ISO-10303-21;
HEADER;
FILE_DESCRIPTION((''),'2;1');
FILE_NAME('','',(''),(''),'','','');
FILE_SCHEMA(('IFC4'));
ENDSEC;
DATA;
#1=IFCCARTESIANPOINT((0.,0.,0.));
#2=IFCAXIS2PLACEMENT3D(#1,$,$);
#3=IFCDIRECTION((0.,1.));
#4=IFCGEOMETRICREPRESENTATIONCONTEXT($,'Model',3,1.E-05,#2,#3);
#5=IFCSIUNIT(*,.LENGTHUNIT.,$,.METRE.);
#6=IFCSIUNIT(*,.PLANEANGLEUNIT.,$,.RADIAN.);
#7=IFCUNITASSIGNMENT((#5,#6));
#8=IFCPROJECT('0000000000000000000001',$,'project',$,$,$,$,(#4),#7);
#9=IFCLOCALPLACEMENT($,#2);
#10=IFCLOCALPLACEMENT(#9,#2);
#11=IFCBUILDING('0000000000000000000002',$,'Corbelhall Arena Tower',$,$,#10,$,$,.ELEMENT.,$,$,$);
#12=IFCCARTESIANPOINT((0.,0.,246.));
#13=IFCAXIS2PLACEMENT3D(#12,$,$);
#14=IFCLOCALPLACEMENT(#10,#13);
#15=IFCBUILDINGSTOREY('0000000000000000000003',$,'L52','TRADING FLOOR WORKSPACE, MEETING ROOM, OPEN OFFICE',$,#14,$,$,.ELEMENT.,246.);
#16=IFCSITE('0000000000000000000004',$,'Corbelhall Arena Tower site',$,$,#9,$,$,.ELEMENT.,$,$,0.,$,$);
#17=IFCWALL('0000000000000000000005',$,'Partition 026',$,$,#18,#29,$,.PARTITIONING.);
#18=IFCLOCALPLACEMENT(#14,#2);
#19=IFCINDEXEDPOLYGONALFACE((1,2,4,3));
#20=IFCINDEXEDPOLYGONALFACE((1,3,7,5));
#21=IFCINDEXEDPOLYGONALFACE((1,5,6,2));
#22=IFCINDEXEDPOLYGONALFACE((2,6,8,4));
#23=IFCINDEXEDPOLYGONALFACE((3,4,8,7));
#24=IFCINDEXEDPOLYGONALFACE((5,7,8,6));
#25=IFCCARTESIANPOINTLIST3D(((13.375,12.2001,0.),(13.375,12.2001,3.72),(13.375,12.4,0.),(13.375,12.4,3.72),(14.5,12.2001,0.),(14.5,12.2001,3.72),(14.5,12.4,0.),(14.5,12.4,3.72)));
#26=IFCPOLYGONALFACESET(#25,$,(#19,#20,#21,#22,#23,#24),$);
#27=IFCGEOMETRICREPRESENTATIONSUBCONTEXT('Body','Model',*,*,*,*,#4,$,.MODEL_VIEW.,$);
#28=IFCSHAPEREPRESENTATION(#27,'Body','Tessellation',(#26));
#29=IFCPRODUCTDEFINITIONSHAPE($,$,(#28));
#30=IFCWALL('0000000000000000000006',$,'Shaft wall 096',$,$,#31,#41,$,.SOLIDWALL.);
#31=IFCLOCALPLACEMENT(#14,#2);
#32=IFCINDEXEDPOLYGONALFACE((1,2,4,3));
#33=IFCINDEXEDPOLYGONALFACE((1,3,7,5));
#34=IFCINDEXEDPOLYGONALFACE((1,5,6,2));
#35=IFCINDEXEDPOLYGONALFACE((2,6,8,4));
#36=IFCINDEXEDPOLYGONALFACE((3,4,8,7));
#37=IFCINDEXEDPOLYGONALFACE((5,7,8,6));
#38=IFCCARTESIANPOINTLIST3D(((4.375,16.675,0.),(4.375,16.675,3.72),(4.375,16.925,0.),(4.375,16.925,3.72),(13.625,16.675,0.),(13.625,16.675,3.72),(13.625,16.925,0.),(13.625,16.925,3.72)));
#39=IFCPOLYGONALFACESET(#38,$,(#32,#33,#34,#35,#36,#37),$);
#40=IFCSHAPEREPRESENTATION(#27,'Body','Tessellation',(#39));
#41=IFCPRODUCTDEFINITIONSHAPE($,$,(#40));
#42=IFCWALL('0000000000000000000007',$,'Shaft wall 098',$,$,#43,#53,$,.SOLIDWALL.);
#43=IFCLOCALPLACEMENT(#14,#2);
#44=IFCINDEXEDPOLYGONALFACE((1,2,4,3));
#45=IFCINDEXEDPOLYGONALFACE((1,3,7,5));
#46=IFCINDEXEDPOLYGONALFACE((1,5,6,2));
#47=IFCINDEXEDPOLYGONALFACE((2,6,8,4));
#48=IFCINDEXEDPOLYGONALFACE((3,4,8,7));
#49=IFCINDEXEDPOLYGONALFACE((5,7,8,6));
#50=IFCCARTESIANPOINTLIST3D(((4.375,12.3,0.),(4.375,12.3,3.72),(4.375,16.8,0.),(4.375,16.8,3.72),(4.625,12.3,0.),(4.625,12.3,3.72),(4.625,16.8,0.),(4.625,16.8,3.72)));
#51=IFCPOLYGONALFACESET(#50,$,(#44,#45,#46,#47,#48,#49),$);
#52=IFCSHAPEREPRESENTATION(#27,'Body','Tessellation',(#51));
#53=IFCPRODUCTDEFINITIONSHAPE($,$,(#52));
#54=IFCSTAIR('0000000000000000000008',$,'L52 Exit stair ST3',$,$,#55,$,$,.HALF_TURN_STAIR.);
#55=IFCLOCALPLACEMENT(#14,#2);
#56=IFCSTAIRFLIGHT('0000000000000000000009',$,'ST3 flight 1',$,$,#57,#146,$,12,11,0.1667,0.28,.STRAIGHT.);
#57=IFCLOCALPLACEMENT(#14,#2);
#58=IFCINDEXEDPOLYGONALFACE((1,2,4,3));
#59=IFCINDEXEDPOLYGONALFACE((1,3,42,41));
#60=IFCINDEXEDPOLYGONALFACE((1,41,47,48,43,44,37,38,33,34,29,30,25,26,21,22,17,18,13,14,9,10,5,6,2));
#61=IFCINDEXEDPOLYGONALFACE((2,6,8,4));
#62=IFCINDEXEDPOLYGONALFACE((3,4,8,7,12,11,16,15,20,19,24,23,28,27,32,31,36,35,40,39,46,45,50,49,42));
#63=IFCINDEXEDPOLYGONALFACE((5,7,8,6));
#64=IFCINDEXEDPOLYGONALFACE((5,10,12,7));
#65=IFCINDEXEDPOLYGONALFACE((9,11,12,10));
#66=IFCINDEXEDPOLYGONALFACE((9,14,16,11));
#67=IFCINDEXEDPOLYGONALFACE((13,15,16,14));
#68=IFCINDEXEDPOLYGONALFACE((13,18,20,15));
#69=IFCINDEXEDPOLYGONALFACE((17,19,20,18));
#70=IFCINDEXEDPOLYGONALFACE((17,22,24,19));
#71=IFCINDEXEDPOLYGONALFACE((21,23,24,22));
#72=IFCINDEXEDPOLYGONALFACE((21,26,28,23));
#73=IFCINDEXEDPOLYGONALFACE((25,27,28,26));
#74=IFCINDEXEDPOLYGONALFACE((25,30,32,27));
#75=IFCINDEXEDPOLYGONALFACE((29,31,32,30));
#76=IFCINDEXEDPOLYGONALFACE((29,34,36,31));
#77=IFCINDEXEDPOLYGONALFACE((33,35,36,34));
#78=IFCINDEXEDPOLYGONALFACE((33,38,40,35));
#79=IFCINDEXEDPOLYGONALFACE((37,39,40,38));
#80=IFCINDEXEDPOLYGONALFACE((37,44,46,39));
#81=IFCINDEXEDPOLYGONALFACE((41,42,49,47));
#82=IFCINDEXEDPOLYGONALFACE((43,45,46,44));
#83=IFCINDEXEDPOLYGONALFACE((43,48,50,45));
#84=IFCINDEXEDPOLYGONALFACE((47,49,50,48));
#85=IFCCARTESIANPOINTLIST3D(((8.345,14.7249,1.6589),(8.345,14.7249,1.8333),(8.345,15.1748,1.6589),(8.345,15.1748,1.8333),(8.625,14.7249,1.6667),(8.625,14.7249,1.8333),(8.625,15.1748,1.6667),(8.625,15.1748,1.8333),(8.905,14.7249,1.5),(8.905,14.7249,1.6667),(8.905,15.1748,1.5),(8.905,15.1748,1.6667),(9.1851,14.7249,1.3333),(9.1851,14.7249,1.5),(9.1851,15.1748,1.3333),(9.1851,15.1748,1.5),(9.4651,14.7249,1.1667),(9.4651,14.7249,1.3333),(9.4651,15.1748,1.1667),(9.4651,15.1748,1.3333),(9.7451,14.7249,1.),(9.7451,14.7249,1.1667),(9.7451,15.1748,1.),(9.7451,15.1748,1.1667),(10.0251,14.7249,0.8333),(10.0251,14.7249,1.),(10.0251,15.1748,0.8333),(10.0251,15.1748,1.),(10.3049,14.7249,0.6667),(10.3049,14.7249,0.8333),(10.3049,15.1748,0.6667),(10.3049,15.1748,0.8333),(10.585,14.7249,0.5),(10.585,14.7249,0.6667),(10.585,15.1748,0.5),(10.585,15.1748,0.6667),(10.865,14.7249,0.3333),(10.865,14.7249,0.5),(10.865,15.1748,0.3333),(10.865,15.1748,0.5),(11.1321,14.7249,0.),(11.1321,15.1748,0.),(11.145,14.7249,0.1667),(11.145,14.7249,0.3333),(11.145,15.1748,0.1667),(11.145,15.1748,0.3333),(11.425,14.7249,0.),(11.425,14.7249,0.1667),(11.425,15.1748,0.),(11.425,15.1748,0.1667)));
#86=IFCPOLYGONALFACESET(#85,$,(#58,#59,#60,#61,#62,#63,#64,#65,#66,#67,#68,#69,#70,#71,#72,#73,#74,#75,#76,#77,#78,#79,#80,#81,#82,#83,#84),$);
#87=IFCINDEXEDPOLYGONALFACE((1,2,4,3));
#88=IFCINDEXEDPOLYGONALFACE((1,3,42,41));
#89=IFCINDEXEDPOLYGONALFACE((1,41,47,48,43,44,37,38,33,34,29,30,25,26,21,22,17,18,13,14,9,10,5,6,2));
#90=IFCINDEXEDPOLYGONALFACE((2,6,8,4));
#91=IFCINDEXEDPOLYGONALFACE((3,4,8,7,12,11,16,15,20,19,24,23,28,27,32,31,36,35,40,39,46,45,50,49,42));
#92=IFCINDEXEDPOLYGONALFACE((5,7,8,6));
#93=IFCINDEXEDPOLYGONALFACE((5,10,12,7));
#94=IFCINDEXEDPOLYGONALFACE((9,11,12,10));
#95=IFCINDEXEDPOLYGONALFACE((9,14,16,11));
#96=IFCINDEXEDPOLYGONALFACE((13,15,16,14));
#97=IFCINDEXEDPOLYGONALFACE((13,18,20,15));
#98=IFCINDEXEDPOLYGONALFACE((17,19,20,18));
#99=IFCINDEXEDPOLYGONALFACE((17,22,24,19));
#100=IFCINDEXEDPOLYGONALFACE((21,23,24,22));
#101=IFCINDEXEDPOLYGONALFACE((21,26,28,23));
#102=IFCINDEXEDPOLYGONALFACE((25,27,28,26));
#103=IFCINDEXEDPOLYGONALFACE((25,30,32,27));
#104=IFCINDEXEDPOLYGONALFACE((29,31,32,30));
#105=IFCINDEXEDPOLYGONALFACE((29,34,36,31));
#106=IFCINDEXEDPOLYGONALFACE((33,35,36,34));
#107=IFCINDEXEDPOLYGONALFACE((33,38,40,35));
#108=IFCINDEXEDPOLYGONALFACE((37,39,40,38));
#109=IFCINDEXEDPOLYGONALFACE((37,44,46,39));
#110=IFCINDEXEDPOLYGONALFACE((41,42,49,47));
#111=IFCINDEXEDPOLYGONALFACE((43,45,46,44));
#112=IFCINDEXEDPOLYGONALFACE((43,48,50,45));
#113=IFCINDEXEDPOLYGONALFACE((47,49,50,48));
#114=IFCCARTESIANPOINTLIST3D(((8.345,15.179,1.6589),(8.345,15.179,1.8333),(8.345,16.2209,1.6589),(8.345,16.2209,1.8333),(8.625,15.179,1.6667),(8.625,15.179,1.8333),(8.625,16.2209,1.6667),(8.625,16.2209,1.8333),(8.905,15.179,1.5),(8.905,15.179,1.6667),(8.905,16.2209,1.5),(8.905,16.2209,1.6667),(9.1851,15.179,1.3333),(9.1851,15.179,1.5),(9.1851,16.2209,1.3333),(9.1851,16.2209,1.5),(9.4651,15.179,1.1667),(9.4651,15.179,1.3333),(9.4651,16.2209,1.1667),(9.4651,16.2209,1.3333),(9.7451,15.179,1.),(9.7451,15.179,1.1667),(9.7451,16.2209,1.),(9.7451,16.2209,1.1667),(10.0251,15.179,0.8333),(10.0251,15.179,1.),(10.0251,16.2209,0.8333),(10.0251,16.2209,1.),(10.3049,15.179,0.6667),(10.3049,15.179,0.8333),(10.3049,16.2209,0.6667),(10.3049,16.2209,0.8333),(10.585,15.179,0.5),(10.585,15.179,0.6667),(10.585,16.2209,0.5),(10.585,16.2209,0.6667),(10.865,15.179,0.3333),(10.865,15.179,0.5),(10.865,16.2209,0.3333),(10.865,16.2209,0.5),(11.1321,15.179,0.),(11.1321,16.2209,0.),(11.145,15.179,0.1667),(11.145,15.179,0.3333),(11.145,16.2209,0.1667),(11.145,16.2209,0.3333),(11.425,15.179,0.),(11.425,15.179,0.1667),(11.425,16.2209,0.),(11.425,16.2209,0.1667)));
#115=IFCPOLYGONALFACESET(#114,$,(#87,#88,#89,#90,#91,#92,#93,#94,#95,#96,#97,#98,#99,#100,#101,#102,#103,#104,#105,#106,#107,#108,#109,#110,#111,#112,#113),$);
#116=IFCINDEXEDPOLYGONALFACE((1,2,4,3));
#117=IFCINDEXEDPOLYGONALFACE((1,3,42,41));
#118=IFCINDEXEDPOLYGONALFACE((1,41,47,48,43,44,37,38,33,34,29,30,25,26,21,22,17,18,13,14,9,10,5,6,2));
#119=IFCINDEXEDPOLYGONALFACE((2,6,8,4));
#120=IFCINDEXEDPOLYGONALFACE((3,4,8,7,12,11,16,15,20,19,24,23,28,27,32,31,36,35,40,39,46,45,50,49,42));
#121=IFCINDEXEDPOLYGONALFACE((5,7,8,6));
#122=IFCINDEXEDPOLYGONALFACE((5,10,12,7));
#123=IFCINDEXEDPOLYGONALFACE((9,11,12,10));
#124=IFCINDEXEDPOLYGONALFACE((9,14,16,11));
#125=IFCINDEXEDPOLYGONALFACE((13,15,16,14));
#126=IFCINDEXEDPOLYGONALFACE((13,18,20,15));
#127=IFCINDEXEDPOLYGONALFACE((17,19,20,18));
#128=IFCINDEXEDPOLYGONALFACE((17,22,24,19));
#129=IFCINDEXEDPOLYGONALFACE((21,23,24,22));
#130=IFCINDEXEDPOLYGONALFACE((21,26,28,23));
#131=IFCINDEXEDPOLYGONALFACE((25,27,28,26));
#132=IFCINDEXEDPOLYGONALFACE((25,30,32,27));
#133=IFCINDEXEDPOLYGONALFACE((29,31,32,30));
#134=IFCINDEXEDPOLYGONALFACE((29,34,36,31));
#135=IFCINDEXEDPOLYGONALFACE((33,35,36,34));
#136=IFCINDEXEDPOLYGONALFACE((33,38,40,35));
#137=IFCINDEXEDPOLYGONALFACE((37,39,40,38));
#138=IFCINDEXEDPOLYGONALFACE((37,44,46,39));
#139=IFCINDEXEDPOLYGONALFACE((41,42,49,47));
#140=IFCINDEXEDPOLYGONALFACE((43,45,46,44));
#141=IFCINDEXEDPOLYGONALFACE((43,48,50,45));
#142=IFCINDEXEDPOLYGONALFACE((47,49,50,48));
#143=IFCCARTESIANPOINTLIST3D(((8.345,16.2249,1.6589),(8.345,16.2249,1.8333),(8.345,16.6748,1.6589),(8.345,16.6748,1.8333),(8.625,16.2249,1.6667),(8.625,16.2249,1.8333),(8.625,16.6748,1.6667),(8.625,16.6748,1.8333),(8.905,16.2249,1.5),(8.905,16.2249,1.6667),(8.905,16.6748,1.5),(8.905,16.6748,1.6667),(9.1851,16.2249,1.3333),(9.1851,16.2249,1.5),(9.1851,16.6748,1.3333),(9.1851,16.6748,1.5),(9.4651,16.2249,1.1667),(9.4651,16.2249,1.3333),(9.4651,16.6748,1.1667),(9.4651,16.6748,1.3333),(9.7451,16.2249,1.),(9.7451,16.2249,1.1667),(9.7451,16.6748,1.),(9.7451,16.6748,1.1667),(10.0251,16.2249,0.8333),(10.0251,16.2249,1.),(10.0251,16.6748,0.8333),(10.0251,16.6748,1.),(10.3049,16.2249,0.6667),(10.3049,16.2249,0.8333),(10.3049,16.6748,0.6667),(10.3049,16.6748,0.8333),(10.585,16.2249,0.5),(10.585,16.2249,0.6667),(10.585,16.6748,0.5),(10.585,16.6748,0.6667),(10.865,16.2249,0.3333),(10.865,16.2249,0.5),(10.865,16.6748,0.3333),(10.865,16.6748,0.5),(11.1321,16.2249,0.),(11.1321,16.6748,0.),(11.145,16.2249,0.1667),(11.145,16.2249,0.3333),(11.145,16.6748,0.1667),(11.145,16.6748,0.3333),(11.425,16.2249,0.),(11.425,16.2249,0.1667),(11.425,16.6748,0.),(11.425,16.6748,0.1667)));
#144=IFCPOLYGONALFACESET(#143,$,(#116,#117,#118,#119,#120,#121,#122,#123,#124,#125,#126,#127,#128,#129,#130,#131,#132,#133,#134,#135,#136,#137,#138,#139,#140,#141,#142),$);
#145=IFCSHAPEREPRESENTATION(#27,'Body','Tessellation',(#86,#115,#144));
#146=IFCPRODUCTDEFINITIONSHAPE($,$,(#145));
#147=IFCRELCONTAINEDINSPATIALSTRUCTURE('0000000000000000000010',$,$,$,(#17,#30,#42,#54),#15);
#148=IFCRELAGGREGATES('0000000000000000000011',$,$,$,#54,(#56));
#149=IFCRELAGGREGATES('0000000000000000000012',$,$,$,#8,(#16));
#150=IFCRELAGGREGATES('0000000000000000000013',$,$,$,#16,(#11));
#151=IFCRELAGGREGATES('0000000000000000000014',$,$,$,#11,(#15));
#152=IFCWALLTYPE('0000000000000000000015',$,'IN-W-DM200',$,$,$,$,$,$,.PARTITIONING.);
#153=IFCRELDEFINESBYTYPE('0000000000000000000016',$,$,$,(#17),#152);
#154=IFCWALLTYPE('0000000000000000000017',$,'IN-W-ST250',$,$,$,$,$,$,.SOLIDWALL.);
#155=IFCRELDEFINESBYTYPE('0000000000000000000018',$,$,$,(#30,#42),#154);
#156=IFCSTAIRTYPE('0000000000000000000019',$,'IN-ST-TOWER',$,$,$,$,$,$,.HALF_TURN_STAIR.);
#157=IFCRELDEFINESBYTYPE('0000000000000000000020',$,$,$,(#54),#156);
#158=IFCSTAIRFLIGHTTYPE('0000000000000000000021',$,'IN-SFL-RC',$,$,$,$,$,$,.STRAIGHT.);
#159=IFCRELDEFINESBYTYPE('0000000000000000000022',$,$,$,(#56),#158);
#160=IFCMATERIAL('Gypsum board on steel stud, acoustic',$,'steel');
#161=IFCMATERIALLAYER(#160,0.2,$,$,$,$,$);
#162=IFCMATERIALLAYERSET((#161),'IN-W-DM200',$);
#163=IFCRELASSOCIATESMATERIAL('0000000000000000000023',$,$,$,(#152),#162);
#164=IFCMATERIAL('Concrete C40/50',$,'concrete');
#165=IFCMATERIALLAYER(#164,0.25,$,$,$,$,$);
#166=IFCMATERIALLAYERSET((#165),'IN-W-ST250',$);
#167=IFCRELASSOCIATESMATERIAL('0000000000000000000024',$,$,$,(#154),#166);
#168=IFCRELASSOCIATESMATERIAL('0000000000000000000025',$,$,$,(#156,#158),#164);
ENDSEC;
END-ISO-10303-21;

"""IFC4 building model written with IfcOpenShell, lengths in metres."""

from ifc_helpers import new_model, si_unit, direction, frame, frame_2d, origin, place, context, subcontext, project, spatial, polyline, rectangle, outline, extrude, material, layer, layer_set, type_object, element, aggregate, save


model = new_model("IFC4")

# Units and contexts
model_context = context("Model", 3, precision=1e-05, world=origin(), true_north=direction((0.0, 1.0)))
body_context = subcontext(model_context, "Body", "Model", "MODEL_VIEW")
ifc_project = project(units=[si_unit("LENGTHUNIT", "METRE"), si_unit("PLANEANGLEUNIT", "RADIAN")], contexts=[model_context])

# Site, building, storey
site_placement = place(None, origin())
site = spatial("IfcSite", under=ifc_project, at=site_placement, Name="Corbelhall Arena Tower site", CompositionType="ELEMENT", RefElevation=0.0)
building_placement = place(site_placement, origin())
building = spatial("IfcBuilding", under=site, at=building_placement, Name="Corbelhall Arena Tower", CompositionType="ELEMENT")
storey_placement = place(building_placement, frame((0.0, 0.0, 246.0)))
storey = spatial("IfcBuildingStorey", under=building, at=storey_placement, Name="L52", Description="TRADING FLOOR WORKSPACE, MEETING ROOM, OPEN OFFICE", CompositionType="ELEMENT", Elevation=246.0)

# Walls
ifc_material_1 = material(Name="Gypsum board on steel stud, acoustic", Category="steel")
ifc_layer_1 = layer(ifc_material_1, 0.2)
ifc_layer_set_1 = layer_set([ifc_layer_1], Name="IN-W-DM200")
wall_type_1 = type_object("IfcWallType", Name="IN-W-DM200", PredefinedType="PARTITIONING", material=ifc_layer_set_1)
wall_1_placement = place(storey_placement, frame((13.375, 12.3, 0.0), z_axis=(0.0, 0.0, 1.0), x_axis=(1.0, 0.0, 0.0)))
element("IfcWall", 1, at=wall_1_placement, inside=storey, type_object=wall_type_1, Name="Partition 026", PredefinedType="PARTITIONING", context=body_context, shape_type="SweptSolid", body=[
    extrude(rectangle(XDim=1.125, YDim=0.2, at=frame_2d((0.5625, 0.0))), origin(), (0.0, 0.0, 1.0), 3.72),
])
ifc_material_2 = material(Name="Concrete C40/50", Category="concrete")
ifc_layer_2 = layer(ifc_material_2, 0.25)
ifc_layer_set_2 = layer_set([ifc_layer_2], Name="IN-W-ST250")
wall_type_2 = type_object("IfcWallType", Name="IN-W-ST250", PredefinedType="SOLIDWALL", material=ifc_layer_set_2)
wall_2_placement = place(storey_placement, frame((4.375, 16.8, 0.0), z_axis=(0.0, 0.0, 1.0), x_axis=(1.0, 0.0, 0.0)))
element("IfcWall", 2, at=wall_2_placement, inside=storey, type_object=wall_type_2, Name="Shaft wall 096", PredefinedType="SOLIDWALL", context=body_context, shape_type="SweptSolid", body=[
    extrude(rectangle(XDim=9.25, YDim=0.25, at=frame_2d((4.625, 0.0))), origin(), (0.0, 0.0, 1.0), 3.72),
])
wall_3_placement = place(storey_placement, frame((4.5, 12.3, 0.0), z_axis=(0.0, 0.0, 1.0), x_axis=(0.0, 1.0, 0.0)))
element("IfcWall", 3, at=wall_3_placement, inside=storey, type_object=wall_type_2, Name="Shaft wall 098", PredefinedType="SOLIDWALL", context=body_context, shape_type="SweptSolid", body=[
    extrude(rectangle(XDim=4.5, YDim=0.25, at=frame_2d((2.25, 0.0))), origin(), (0.0, 0.0, 1.0), 3.72),
])

# Stair, stair flight
stair_type = type_object("IfcStairType", Name="IN-ST-TOWER", PredefinedType="HALF_TURN_STAIR", material=ifc_material_2)
stair_placement = place(storey_placement, origin())
stair = element("IfcStair", 4, at=stair_placement, inside=storey, type_object=stair_type, Name="L52 Exit stair ST3", PredefinedType="HALF_TURN_STAIR")
stair_flight_type = type_object("IfcStairFlightType", Name="IN-SFL-RC", PredefinedType="STRAIGHT", material=ifc_material_2)
stair_flight_1_placement = place(storey_placement, frame((11.425, 15.7, 0.0), z_axis=(0.0, 0.0, 1.0), x_axis=(-1.0, 0.0, 0.0)))
stair_flight_1 = element("IfcStairFlight", 5, at=stair_flight_1_placement, type_object=stair_flight_type, Name="ST3 flight 1", NumberOfRisers=12, NumberOfTreads=11, PredefinedType="STRAIGHT", RiserHeight=0.1667, TreadLength=0.28, context=body_context, shape_type="SweptSolid", body=[
    extrude(outline(polyline([(0.0, 0.0), (0.0, 0.1667), (0.28, 0.1667), (0.28, 0.3333), (0.5601, 0.3333), (0.5601, 0.5), (0.8401, 0.5), (0.8401, 0.6667), (1.1201, 0.6667), (1.1201, 0.8333), (1.3999, 0.8333), (1.3999, 1.0), (1.6799, 1.0), (1.6799, 1.1667), (1.96, 1.1667), (1.96, 1.3333), (2.24, 1.3333), (2.24, 1.5), (2.52, 1.5), (2.52, 1.6667), (2.8, 1.6667), (2.8, 1.8333), (3.0801, 1.8333), (3.0801, 2.0), (3.0801, 1.6589), (0.293, 0.0), (0.0, 0.0)])), frame((0.0, 0.9751, 0.0), z_axis=(0.0, -1.0, 0.0), x_axis=(1.0, 0.0, 0.0)), (0.0, 0.0, 1.0), 0.45),
    extrude(outline(polyline([(0.0, 0.0), (0.0, 0.1667), (0.28, 0.1667), (0.28, 0.3333), (0.5601, 0.3333), (0.5601, 0.5), (0.8401, 0.5), (0.8401, 0.6667), (1.1201, 0.6667), (1.1201, 0.8333), (1.3999, 0.8333), (1.3999, 1.0), (1.6799, 1.0), (1.6799, 1.1667), (1.96, 1.1667), (1.96, 1.3333), (2.24, 1.3333), (2.24, 1.5), (2.52, 1.5), (2.52, 1.6667), (2.8, 1.6667), (2.8, 1.8333), (3.0801, 1.8333), (3.0801, 2.0), (3.0801, 1.6589), (0.293, 0.0), (0.0, 0.0)])), frame((0.0, 0.521, 0.0), z_axis=(0.0, -1.0, 0.0), x_axis=(1.0, 0.0, 0.0)), (0.0, 0.0, 1.0), 1.042),
    extrude(outline(polyline([(0.0, 0.0), (0.0, 0.1667), (0.28, 0.1667), (0.28, 0.3333), (0.5601, 0.3333), (0.5601, 0.5), (0.8401, 0.5), (0.8401, 0.6667), (1.1201, 0.6667), (1.1201, 0.8333), (1.3999, 0.8333), (1.3999, 1.0), (1.6799, 1.0), (1.6799, 1.1667), (1.96, 1.1667), (1.96, 1.3333), (2.24, 1.3333), (2.24, 1.5), (2.52, 1.5), (2.52, 1.6667), (2.8, 1.6667), (2.8, 1.8333), (3.0801, 1.8333), (3.0801, 2.0), (3.0801, 1.6589), (0.293, 0.0), (0.0, 0.0)])), frame((0.0, -0.5249, 0.0), z_axis=(0.0, -1.0, 0.0), x_axis=(1.0, 0.0, 0.0)), (0.0, 0.0, 1.0), 0.45),
])
aggregate(stair, [stair_flight_1])

save(model, "model.ifc")
